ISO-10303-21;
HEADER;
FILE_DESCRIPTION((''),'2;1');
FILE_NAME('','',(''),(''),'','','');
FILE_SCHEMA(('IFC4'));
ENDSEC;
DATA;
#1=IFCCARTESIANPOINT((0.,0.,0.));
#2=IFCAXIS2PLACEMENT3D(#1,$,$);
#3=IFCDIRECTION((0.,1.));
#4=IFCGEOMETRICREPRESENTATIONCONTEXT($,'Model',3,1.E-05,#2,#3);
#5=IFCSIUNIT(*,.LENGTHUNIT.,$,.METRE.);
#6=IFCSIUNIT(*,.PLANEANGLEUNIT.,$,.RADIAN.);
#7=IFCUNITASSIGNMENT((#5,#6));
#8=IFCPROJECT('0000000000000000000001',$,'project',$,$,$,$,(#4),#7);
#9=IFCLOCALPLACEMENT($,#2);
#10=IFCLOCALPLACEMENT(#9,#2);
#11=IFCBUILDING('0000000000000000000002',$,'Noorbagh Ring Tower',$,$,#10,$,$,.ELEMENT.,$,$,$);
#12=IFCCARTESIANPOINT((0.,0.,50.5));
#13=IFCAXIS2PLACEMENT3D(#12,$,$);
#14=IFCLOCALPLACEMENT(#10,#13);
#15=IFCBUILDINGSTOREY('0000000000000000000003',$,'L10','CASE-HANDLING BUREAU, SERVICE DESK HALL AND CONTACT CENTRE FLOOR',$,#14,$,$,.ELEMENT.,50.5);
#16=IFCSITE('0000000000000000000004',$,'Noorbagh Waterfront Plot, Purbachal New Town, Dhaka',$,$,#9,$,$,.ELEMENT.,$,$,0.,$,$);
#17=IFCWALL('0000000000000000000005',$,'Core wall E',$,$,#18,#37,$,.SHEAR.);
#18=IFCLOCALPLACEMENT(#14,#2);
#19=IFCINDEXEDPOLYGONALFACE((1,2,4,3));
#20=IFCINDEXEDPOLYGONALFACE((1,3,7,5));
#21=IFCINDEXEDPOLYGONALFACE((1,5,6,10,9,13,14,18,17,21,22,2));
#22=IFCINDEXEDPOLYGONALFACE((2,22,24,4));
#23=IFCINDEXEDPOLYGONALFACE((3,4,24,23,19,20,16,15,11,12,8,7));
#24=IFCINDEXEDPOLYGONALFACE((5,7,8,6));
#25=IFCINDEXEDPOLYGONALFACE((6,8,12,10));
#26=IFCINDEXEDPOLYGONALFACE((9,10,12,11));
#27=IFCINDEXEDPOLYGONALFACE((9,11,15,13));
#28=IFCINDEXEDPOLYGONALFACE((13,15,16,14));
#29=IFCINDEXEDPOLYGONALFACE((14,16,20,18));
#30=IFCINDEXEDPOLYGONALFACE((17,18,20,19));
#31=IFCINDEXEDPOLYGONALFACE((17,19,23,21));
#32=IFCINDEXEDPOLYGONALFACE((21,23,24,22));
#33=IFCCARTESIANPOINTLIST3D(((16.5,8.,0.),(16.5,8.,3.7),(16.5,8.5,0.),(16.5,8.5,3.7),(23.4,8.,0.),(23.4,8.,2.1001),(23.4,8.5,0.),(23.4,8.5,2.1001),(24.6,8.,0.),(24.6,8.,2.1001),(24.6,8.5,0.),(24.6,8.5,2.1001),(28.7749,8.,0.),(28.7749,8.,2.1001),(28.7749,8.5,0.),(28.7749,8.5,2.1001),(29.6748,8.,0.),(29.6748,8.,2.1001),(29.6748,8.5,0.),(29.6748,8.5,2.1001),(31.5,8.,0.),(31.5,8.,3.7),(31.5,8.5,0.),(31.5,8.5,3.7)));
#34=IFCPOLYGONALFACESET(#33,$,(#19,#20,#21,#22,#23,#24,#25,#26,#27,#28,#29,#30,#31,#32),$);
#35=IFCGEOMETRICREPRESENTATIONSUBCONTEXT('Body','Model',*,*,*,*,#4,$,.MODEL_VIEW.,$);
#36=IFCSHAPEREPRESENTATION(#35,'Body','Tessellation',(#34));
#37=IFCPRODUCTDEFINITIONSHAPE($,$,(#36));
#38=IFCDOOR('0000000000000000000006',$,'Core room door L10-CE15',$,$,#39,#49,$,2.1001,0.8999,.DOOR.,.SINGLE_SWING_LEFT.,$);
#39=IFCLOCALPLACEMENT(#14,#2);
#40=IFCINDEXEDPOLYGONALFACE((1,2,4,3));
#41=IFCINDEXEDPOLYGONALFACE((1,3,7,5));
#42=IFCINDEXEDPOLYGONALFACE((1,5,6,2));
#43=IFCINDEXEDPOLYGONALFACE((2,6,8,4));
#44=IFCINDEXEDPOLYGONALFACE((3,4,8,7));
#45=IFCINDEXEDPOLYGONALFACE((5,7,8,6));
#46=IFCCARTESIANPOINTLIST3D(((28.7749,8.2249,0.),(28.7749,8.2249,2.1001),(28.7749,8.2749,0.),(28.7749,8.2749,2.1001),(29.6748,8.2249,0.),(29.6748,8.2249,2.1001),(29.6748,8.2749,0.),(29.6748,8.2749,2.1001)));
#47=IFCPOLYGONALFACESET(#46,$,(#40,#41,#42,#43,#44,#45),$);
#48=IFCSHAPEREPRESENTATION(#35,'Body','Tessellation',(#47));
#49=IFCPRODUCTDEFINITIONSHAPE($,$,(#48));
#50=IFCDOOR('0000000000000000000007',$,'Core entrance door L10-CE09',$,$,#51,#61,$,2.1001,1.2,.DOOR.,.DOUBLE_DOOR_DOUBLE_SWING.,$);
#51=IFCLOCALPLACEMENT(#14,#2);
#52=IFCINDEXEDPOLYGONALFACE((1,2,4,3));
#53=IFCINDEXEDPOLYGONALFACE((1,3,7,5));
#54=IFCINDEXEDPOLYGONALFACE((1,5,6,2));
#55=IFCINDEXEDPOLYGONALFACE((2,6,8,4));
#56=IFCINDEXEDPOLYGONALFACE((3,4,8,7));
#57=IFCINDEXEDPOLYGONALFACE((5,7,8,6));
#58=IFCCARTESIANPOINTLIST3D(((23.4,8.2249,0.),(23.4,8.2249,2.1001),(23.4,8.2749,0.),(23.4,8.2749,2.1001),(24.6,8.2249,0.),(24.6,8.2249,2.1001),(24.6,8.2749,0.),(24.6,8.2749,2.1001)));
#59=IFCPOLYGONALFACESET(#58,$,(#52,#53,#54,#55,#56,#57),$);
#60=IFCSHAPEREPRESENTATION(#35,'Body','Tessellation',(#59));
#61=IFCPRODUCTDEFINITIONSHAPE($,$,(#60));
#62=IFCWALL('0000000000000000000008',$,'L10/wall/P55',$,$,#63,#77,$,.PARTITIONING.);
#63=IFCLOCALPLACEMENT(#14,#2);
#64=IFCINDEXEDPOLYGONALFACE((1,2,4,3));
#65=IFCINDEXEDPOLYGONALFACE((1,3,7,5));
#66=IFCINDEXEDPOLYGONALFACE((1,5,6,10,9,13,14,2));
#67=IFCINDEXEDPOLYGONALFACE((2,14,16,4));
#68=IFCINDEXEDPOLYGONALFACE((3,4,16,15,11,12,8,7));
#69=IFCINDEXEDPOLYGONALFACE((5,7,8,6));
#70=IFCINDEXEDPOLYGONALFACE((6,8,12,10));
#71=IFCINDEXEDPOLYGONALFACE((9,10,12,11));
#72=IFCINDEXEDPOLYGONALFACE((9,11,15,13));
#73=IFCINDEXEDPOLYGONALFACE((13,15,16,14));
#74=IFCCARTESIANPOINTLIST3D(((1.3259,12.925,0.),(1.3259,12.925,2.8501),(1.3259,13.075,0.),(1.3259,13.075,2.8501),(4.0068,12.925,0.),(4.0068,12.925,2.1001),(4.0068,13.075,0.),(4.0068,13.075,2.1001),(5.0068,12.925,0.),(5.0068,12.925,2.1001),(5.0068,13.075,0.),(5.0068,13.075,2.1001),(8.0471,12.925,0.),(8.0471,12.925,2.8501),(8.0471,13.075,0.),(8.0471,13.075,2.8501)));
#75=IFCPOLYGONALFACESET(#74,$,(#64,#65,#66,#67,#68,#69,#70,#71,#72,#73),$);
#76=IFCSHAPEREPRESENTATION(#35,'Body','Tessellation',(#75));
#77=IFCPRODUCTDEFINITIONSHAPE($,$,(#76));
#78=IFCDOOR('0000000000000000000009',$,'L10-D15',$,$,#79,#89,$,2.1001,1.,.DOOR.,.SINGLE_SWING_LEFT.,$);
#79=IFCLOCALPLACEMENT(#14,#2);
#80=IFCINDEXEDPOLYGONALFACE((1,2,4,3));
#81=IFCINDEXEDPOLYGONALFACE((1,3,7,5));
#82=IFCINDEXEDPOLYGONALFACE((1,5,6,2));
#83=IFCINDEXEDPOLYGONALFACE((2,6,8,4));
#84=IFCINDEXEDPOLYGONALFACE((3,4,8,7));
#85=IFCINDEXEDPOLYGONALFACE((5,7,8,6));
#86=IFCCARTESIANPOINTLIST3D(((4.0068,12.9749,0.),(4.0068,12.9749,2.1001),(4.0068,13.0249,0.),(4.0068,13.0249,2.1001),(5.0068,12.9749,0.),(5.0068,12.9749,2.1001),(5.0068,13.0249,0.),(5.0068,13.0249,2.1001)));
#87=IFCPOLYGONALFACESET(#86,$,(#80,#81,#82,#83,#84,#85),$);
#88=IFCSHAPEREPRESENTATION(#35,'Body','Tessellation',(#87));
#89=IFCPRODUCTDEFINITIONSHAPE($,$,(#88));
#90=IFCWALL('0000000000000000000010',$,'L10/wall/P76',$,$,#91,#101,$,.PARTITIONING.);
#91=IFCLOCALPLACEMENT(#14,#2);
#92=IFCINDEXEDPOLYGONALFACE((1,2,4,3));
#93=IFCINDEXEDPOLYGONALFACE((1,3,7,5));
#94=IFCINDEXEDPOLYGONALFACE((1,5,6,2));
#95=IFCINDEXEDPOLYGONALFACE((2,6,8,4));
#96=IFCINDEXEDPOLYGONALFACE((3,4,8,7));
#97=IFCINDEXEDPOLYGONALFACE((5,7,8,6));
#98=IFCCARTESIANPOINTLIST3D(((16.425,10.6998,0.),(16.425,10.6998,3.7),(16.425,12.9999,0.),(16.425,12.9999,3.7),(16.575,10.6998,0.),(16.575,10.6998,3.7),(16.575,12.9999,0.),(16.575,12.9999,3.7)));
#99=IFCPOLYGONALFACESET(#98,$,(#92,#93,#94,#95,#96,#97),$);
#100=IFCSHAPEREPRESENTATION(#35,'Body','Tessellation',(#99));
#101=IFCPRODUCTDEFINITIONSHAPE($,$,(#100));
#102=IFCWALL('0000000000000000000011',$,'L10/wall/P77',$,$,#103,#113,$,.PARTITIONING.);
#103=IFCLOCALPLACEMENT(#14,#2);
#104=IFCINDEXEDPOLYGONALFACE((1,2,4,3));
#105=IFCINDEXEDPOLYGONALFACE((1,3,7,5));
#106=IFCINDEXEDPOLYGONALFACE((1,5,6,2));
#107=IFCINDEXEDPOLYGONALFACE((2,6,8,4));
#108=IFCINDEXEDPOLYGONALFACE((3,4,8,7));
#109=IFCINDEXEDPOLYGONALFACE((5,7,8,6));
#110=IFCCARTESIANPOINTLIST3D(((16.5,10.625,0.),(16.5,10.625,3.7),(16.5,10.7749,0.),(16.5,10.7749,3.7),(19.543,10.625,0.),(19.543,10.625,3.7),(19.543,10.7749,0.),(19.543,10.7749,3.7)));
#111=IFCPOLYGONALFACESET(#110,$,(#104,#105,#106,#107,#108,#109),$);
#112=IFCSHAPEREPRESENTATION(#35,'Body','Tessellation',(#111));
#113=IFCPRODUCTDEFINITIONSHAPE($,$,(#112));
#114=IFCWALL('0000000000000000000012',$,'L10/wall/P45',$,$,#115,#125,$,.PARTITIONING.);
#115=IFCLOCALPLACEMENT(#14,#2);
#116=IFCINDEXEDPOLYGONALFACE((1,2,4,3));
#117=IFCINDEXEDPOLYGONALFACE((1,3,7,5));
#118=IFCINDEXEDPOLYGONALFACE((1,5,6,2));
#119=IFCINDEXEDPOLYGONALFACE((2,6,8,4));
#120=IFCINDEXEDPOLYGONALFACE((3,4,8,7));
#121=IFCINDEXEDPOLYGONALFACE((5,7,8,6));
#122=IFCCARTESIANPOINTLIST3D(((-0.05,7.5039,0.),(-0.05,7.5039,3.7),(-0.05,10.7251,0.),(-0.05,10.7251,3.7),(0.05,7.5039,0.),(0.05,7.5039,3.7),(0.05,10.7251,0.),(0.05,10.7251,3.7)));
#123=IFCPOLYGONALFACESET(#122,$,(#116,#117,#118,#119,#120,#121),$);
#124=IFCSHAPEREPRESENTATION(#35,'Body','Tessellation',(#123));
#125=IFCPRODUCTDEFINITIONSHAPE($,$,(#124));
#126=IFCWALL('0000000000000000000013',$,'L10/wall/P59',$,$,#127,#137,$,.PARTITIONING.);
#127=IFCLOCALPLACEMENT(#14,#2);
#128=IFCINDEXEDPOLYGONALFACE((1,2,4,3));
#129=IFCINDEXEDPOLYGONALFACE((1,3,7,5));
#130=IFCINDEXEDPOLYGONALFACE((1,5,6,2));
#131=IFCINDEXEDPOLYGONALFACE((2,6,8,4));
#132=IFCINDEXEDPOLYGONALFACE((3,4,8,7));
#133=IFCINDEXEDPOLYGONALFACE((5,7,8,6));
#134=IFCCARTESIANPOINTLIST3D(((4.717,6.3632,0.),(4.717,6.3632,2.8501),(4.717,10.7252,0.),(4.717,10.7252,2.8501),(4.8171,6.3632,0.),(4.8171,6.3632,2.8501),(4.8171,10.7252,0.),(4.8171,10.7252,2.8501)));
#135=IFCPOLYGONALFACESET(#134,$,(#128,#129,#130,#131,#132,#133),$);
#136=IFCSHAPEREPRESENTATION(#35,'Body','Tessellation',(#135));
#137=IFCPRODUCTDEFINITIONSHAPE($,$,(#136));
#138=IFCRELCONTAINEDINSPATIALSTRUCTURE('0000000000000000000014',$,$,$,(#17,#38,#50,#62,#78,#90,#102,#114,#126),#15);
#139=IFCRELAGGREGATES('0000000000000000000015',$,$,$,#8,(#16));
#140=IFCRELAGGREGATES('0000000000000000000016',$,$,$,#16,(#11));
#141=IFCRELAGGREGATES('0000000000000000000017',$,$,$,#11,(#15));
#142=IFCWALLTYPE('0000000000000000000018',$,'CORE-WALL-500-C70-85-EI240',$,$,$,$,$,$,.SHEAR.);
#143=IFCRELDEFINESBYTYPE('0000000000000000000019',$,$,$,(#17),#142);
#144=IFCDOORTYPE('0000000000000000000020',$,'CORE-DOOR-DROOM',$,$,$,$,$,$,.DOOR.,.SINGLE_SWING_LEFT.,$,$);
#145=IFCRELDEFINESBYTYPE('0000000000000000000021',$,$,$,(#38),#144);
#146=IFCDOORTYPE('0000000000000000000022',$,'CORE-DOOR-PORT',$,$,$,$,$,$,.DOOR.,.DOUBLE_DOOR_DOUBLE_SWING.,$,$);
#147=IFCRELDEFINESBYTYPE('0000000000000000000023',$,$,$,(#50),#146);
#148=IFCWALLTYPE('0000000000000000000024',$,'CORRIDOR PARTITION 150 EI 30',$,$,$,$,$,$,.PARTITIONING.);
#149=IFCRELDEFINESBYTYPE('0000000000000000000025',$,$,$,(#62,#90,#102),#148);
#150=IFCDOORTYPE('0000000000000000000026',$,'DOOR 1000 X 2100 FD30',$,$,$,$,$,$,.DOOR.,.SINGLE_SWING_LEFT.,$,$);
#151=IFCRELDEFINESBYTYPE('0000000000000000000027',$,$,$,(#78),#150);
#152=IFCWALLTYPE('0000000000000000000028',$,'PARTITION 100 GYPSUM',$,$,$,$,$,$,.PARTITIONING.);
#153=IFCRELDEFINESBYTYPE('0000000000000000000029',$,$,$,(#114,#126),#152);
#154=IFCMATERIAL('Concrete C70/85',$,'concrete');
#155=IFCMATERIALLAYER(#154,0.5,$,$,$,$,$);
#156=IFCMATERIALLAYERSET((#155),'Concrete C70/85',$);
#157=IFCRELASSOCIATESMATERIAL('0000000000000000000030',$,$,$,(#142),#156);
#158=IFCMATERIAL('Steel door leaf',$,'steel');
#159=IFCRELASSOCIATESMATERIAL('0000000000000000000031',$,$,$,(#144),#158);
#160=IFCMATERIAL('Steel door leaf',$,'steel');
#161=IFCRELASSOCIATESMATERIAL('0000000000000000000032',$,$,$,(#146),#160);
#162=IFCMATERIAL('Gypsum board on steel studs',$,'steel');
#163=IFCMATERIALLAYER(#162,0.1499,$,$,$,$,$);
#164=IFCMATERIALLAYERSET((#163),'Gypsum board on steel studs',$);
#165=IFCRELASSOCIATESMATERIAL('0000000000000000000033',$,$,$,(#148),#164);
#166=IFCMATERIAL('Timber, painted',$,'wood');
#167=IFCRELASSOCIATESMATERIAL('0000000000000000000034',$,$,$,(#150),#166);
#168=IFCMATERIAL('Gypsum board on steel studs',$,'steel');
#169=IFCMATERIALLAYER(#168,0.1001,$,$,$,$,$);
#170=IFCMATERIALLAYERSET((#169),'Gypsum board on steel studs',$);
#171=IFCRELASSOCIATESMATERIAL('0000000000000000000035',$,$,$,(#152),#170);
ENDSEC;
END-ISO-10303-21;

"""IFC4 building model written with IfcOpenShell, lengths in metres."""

from ifc_helpers import new_model, si_unit, direction, frame, frame_2d, origin, place, context, subcontext, project, spatial, rectangle, extrude, material, layer, layer_set, type_object, element, fill, save


model = new_model("IFC4")

# Units and contexts
model_context = context("Model", 3, precision=1e-05, world=origin(), true_north=direction((0.0, 1.0)))
body_context = subcontext(model_context, "Body", "Model", "MODEL_VIEW")
ifc_project = project(units=[si_unit("LENGTHUNIT", "METRE"), si_unit("PLANEANGLEUNIT", "RADIAN")], contexts=[model_context])

# Site, building, storey
site_placement = place(None, origin())
site = spatial("IfcSite", under=ifc_project, at=site_placement, Name="Noorbagh Waterfront Plot, Purbachal New Town, Dhaka", CompositionType="ELEMENT", RefElevation=0.0)
building_placement = place(site_placement, origin())
building = spatial("IfcBuilding", under=site, at=building_placement, Name="Noorbagh Ring Tower", CompositionType="ELEMENT")
storey_placement = place(building_placement, frame((0.0, 0.0, 50.5)))
storey = spatial("IfcBuildingStorey", under=building, at=storey_placement, Name="L10", Description="CASE-HANDLING BUREAU, SERVICE DESK HALL AND CONTACT CENTRE FLOOR", CompositionType="ELEMENT", Elevation=50.5)

# Wall, openings, doors
ifc_material_1 = material(Name="Concrete C70/85", Category="concrete")
ifc_layer_1 = layer(ifc_material_1, 0.5)
ifc_layer_set_1 = layer_set([ifc_layer_1], Name="Concrete C70/85")
wall_type_1 = type_object("IfcWallType", Name="CORE-WALL-500-C70-85-EI240", PredefinedType="SHEAR", material=ifc_layer_set_1)
wall_1_placement = place(storey_placement, frame((16.5, 8.25, 0.0), z_axis=(0.0, 0.0, 1.0), x_axis=(1.0, 0.0, 0.0)))
wall_1 = element("IfcWall", 1, at=wall_1_placement, inside=storey, type_object=wall_type_1, Name="Core wall E", PredefinedType="SHEAR", context=body_context, shape_type="SweptSolid", body=[
    extrude(rectangle(XDim=15.0, YDim=0.5, at=frame_2d((7.5, 0.0))), origin(), (0.0, 0.0, 1.0), 3.7),
])
opening_1_placement = place(wall_1_placement, frame((6.8999, 0.0, 0.0)))
opening_1 = element("IfcOpeningElement", 2, at=opening_1_placement, cuts=wall_1, PredefinedType="OPENING", context=body_context, shape_type="SweptSolid", body=[
    extrude(rectangle(XDim=1.2, YDim=2.1001, at=frame_2d((0.6001, 1.05))), frame((0.0, 0.26, 0.0), z_axis=(0.0, -1.0, 0.0), x_axis=(1.0, 0.0, 0.0)), (0.0, 0.0, 1.0), 0.52),
])
opening_2_placement = place(wall_1_placement, frame((12.2749, 0.0, 0.0)))
opening_2 = element("IfcOpeningElement", 3, at=opening_2_placement, cuts=wall_1, PredefinedType="OPENING", context=body_context, shape_type="SweptSolid", body=[
    extrude(rectangle(XDim=0.8999, YDim=2.1001, at=frame_2d((0.45, 1.05))), frame((0.0, 0.26, 0.0), z_axis=(0.0, -1.0, 0.0), x_axis=(1.0, 0.0, 0.0)), (0.0, 0.0, 1.0), 0.52),
])
ifc_material_2 = material(Name="Steel door leaf", Category="steel")
door_type_1 = type_object("IfcDoorType", Name="CORE-DOOR-DROOM", OperationType="SINGLE_SWING_LEFT", PredefinedType="DOOR", material=ifc_material_2)
door_1_placement = place(opening_2_placement, origin())
door_1 = element("IfcDoor", 4, at=door_1_placement, inside=storey, type_object=door_type_1, Name="Core room door L10-CE15", OperationType="SINGLE_SWING_LEFT", OverallHeight=2.1001, OverallWidth=0.8999, PredefinedType="DOOR", context=body_context, shape_type="SweptSolid", body=[
    extrude(rectangle(XDim=0.8999, YDim=2.1001, at=frame_2d((0.45, 1.05))), frame((0.0, 0.0249, 0.0), z_axis=(0.0, -1.0, 0.0), x_axis=(1.0, 0.0, 0.0)), (0.0, 0.0, 1.0), 0.05),
])
fill(opening_2, door_1)
ifc_material_3 = material(Name="Steel door leaf", Category="steel")
door_type_2 = type_object("IfcDoorType", Name="CORE-DOOR-PORT", OperationType="DOUBLE_DOOR_DOUBLE_SWING", PredefinedType="DOOR", material=ifc_material_3)
door_2_placement = place(opening_1_placement, origin())
door_2 = element("IfcDoor", 5, at=door_2_placement, inside=storey, type_object=door_type_2, Name="Core entrance door L10-CE09", OperationType="DOUBLE_DOOR_DOUBLE_SWING", OverallHeight=2.1001, OverallWidth=1.2, PredefinedType="DOOR", context=body_context, shape_type="SweptSolid", body=[
    extrude(rectangle(XDim=1.2, YDim=2.1001, at=frame_2d((0.6001, 1.05))), frame((0.0, 0.0249, 0.0), z_axis=(0.0, -1.0, 0.0), x_axis=(1.0, 0.0, 0.0)), (0.0, 0.0, 1.0), 0.05),
])
fill(opening_1, door_2)

# Wall, opening, door
ifc_material_4 = material(Name="Gypsum board on steel studs", Category="steel")
ifc_layer_2 = layer(ifc_material_4, 0.1499)
ifc_layer_set_2 = layer_set([ifc_layer_2], Name="Gypsum board on steel studs")
wall_type_2 = type_object("IfcWallType", Name="CORRIDOR PARTITION 150 EI 30", PredefinedType="PARTITIONING", material=ifc_layer_set_2)
wall_2_placement = place(storey_placement, frame((1.3259, 13.0, 0.0), z_axis=(0.0, 0.0, 1.0), x_axis=(1.0, 0.0, 0.0)))
wall_2 = element("IfcWall", 6, at=wall_2_placement, inside=storey, type_object=wall_type_2, Name="L10/wall/P55", PredefinedType="PARTITIONING", context=body_context, shape_type="SweptSolid", body=[
    extrude(rectangle(XDim=6.7212, YDim=0.1499, at=frame_2d((3.3606, 0.0))), origin(), (0.0, 0.0, 1.0), 2.8501),
])
opening_3_placement = place(wall_2_placement, frame((2.6809, 0.0, 0.0)))
opening_3 = element("IfcOpeningElement", 7, at=opening_3_placement, cuts=wall_2, PredefinedType="OPENING", context=body_context, shape_type="SweptSolid", body=[
    extrude(rectangle(XDim=1.0, YDim=2.1001, at=frame_2d((0.5, 1.05))), frame((0.0, 0.085, 0.0), z_axis=(0.0, -1.0, 0.0), x_axis=(1.0, 0.0, 0.0)), (0.0, 0.0, 1.0), 0.1699),
])
ifc_material_5 = material(Name="Timber, painted", Category="wood")
door_type_3 = type_object("IfcDoorType", Name="DOOR 1000 X 2100 FD30", OperationType="SINGLE_SWING_LEFT", PredefinedType="DOOR", material=ifc_material_5)
door_3_placement = place(opening_3_placement, origin())
door_3 = element("IfcDoor", 8, at=door_3_placement, inside=storey, type_object=door_type_3, Name="L10-D15", OperationType="SINGLE_SWING_LEFT", OverallHeight=2.1001, OverallWidth=1.0, PredefinedType="DOOR", context=body_context, shape_type="SweptSolid", body=[
    extrude(rectangle(XDim=1.0, YDim=2.1001, at=frame_2d((0.5, 1.05))), frame((0.0, 0.0249, 0.0), z_axis=(0.0, -1.0, 0.0), x_axis=(1.0, 0.0, 0.0)), (0.0, 0.0, 1.0), 0.05),
])
fill(opening_3, door_3)

# Walls
wall_3_placement = place(storey_placement, frame((16.5, 10.7, 0.0), z_axis=(0.0, 0.0, 1.0), x_axis=(0.0, 1.0, 0.0)))
element("IfcWall", 9, at=wall_3_placement, inside=storey, type_object=wall_type_2, Name="L10/wall/P76", PredefinedType="PARTITIONING", context=body_context, shape_type="SweptSolid", body=[
    extrude(rectangle(XDim=2.3, YDim=0.1499, at=frame_2d((1.1499, 0.0))), origin(), (0.0, 0.0, 1.0), 3.7),
])
wall_4_placement = place(storey_placement, frame((16.5, 10.7, 0.0), z_axis=(0.0, 0.0, 1.0), x_axis=(1.0, 0.0, 0.0)))
element("IfcWall", 10, at=wall_4_placement, inside=storey, type_object=wall_type_2, Name="L10/wall/P77", PredefinedType="PARTITIONING", context=body_context, shape_type="SweptSolid", body=[
    extrude(rectangle(XDim=3.043, YDim=0.1499, at=frame_2d((1.5215, 0.0))), origin(), (0.0, 0.0, 1.0), 3.7),
])

# Walls
ifc_material_6 = material(Name="Gypsum board on steel studs", Category="steel")
ifc_layer_3 = layer(ifc_material_6, 0.1001)
ifc_layer_set_3 = layer_set([ifc_layer_3], Name="Gypsum board on steel studs")
wall_type_3 = type_object("IfcWallType", Name="PARTITION 100 GYPSUM", PredefinedType="PARTITIONING", material=ifc_layer_set_3)
wall_5_placement = place(storey_placement, frame((0.0, 7.5039, 0.0), z_axis=(0.0, 0.0, 1.0), x_axis=(0.0, 1.0, 0.0)))
element("IfcWall", 11, at=wall_5_placement, inside=storey, type_object=wall_type_3, Name="L10/wall/P45", PredefinedType="PARTITIONING", context=body_context, shape_type="SweptSolid", body=[
    extrude(rectangle(XDim=3.2212, YDim=0.1001, at=frame_2d((1.6106, 0.0))), origin(), (0.0, 0.0, 1.0), 3.7),
])
wall_6_placement = place(storey_placement, frame((4.7671, 6.363, 0.0), z_axis=(0.0, 0.0, 1.0), x_axis=(0.0, 1.0, 0.0)))
element("IfcWall", 12, at=wall_6_placement, inside=storey, type_object=wall_type_3, Name="L10/wall/P59", PredefinedType="PARTITIONING", context=body_context, shape_type="SweptSolid", body=[
    extrude(rectangle(XDim=4.3621, YDim=0.1001, at=frame_2d((2.1812, 0.0))), origin(), (0.0, 0.0, 1.0), 2.8501),
])

save(model, "model.ifc")
